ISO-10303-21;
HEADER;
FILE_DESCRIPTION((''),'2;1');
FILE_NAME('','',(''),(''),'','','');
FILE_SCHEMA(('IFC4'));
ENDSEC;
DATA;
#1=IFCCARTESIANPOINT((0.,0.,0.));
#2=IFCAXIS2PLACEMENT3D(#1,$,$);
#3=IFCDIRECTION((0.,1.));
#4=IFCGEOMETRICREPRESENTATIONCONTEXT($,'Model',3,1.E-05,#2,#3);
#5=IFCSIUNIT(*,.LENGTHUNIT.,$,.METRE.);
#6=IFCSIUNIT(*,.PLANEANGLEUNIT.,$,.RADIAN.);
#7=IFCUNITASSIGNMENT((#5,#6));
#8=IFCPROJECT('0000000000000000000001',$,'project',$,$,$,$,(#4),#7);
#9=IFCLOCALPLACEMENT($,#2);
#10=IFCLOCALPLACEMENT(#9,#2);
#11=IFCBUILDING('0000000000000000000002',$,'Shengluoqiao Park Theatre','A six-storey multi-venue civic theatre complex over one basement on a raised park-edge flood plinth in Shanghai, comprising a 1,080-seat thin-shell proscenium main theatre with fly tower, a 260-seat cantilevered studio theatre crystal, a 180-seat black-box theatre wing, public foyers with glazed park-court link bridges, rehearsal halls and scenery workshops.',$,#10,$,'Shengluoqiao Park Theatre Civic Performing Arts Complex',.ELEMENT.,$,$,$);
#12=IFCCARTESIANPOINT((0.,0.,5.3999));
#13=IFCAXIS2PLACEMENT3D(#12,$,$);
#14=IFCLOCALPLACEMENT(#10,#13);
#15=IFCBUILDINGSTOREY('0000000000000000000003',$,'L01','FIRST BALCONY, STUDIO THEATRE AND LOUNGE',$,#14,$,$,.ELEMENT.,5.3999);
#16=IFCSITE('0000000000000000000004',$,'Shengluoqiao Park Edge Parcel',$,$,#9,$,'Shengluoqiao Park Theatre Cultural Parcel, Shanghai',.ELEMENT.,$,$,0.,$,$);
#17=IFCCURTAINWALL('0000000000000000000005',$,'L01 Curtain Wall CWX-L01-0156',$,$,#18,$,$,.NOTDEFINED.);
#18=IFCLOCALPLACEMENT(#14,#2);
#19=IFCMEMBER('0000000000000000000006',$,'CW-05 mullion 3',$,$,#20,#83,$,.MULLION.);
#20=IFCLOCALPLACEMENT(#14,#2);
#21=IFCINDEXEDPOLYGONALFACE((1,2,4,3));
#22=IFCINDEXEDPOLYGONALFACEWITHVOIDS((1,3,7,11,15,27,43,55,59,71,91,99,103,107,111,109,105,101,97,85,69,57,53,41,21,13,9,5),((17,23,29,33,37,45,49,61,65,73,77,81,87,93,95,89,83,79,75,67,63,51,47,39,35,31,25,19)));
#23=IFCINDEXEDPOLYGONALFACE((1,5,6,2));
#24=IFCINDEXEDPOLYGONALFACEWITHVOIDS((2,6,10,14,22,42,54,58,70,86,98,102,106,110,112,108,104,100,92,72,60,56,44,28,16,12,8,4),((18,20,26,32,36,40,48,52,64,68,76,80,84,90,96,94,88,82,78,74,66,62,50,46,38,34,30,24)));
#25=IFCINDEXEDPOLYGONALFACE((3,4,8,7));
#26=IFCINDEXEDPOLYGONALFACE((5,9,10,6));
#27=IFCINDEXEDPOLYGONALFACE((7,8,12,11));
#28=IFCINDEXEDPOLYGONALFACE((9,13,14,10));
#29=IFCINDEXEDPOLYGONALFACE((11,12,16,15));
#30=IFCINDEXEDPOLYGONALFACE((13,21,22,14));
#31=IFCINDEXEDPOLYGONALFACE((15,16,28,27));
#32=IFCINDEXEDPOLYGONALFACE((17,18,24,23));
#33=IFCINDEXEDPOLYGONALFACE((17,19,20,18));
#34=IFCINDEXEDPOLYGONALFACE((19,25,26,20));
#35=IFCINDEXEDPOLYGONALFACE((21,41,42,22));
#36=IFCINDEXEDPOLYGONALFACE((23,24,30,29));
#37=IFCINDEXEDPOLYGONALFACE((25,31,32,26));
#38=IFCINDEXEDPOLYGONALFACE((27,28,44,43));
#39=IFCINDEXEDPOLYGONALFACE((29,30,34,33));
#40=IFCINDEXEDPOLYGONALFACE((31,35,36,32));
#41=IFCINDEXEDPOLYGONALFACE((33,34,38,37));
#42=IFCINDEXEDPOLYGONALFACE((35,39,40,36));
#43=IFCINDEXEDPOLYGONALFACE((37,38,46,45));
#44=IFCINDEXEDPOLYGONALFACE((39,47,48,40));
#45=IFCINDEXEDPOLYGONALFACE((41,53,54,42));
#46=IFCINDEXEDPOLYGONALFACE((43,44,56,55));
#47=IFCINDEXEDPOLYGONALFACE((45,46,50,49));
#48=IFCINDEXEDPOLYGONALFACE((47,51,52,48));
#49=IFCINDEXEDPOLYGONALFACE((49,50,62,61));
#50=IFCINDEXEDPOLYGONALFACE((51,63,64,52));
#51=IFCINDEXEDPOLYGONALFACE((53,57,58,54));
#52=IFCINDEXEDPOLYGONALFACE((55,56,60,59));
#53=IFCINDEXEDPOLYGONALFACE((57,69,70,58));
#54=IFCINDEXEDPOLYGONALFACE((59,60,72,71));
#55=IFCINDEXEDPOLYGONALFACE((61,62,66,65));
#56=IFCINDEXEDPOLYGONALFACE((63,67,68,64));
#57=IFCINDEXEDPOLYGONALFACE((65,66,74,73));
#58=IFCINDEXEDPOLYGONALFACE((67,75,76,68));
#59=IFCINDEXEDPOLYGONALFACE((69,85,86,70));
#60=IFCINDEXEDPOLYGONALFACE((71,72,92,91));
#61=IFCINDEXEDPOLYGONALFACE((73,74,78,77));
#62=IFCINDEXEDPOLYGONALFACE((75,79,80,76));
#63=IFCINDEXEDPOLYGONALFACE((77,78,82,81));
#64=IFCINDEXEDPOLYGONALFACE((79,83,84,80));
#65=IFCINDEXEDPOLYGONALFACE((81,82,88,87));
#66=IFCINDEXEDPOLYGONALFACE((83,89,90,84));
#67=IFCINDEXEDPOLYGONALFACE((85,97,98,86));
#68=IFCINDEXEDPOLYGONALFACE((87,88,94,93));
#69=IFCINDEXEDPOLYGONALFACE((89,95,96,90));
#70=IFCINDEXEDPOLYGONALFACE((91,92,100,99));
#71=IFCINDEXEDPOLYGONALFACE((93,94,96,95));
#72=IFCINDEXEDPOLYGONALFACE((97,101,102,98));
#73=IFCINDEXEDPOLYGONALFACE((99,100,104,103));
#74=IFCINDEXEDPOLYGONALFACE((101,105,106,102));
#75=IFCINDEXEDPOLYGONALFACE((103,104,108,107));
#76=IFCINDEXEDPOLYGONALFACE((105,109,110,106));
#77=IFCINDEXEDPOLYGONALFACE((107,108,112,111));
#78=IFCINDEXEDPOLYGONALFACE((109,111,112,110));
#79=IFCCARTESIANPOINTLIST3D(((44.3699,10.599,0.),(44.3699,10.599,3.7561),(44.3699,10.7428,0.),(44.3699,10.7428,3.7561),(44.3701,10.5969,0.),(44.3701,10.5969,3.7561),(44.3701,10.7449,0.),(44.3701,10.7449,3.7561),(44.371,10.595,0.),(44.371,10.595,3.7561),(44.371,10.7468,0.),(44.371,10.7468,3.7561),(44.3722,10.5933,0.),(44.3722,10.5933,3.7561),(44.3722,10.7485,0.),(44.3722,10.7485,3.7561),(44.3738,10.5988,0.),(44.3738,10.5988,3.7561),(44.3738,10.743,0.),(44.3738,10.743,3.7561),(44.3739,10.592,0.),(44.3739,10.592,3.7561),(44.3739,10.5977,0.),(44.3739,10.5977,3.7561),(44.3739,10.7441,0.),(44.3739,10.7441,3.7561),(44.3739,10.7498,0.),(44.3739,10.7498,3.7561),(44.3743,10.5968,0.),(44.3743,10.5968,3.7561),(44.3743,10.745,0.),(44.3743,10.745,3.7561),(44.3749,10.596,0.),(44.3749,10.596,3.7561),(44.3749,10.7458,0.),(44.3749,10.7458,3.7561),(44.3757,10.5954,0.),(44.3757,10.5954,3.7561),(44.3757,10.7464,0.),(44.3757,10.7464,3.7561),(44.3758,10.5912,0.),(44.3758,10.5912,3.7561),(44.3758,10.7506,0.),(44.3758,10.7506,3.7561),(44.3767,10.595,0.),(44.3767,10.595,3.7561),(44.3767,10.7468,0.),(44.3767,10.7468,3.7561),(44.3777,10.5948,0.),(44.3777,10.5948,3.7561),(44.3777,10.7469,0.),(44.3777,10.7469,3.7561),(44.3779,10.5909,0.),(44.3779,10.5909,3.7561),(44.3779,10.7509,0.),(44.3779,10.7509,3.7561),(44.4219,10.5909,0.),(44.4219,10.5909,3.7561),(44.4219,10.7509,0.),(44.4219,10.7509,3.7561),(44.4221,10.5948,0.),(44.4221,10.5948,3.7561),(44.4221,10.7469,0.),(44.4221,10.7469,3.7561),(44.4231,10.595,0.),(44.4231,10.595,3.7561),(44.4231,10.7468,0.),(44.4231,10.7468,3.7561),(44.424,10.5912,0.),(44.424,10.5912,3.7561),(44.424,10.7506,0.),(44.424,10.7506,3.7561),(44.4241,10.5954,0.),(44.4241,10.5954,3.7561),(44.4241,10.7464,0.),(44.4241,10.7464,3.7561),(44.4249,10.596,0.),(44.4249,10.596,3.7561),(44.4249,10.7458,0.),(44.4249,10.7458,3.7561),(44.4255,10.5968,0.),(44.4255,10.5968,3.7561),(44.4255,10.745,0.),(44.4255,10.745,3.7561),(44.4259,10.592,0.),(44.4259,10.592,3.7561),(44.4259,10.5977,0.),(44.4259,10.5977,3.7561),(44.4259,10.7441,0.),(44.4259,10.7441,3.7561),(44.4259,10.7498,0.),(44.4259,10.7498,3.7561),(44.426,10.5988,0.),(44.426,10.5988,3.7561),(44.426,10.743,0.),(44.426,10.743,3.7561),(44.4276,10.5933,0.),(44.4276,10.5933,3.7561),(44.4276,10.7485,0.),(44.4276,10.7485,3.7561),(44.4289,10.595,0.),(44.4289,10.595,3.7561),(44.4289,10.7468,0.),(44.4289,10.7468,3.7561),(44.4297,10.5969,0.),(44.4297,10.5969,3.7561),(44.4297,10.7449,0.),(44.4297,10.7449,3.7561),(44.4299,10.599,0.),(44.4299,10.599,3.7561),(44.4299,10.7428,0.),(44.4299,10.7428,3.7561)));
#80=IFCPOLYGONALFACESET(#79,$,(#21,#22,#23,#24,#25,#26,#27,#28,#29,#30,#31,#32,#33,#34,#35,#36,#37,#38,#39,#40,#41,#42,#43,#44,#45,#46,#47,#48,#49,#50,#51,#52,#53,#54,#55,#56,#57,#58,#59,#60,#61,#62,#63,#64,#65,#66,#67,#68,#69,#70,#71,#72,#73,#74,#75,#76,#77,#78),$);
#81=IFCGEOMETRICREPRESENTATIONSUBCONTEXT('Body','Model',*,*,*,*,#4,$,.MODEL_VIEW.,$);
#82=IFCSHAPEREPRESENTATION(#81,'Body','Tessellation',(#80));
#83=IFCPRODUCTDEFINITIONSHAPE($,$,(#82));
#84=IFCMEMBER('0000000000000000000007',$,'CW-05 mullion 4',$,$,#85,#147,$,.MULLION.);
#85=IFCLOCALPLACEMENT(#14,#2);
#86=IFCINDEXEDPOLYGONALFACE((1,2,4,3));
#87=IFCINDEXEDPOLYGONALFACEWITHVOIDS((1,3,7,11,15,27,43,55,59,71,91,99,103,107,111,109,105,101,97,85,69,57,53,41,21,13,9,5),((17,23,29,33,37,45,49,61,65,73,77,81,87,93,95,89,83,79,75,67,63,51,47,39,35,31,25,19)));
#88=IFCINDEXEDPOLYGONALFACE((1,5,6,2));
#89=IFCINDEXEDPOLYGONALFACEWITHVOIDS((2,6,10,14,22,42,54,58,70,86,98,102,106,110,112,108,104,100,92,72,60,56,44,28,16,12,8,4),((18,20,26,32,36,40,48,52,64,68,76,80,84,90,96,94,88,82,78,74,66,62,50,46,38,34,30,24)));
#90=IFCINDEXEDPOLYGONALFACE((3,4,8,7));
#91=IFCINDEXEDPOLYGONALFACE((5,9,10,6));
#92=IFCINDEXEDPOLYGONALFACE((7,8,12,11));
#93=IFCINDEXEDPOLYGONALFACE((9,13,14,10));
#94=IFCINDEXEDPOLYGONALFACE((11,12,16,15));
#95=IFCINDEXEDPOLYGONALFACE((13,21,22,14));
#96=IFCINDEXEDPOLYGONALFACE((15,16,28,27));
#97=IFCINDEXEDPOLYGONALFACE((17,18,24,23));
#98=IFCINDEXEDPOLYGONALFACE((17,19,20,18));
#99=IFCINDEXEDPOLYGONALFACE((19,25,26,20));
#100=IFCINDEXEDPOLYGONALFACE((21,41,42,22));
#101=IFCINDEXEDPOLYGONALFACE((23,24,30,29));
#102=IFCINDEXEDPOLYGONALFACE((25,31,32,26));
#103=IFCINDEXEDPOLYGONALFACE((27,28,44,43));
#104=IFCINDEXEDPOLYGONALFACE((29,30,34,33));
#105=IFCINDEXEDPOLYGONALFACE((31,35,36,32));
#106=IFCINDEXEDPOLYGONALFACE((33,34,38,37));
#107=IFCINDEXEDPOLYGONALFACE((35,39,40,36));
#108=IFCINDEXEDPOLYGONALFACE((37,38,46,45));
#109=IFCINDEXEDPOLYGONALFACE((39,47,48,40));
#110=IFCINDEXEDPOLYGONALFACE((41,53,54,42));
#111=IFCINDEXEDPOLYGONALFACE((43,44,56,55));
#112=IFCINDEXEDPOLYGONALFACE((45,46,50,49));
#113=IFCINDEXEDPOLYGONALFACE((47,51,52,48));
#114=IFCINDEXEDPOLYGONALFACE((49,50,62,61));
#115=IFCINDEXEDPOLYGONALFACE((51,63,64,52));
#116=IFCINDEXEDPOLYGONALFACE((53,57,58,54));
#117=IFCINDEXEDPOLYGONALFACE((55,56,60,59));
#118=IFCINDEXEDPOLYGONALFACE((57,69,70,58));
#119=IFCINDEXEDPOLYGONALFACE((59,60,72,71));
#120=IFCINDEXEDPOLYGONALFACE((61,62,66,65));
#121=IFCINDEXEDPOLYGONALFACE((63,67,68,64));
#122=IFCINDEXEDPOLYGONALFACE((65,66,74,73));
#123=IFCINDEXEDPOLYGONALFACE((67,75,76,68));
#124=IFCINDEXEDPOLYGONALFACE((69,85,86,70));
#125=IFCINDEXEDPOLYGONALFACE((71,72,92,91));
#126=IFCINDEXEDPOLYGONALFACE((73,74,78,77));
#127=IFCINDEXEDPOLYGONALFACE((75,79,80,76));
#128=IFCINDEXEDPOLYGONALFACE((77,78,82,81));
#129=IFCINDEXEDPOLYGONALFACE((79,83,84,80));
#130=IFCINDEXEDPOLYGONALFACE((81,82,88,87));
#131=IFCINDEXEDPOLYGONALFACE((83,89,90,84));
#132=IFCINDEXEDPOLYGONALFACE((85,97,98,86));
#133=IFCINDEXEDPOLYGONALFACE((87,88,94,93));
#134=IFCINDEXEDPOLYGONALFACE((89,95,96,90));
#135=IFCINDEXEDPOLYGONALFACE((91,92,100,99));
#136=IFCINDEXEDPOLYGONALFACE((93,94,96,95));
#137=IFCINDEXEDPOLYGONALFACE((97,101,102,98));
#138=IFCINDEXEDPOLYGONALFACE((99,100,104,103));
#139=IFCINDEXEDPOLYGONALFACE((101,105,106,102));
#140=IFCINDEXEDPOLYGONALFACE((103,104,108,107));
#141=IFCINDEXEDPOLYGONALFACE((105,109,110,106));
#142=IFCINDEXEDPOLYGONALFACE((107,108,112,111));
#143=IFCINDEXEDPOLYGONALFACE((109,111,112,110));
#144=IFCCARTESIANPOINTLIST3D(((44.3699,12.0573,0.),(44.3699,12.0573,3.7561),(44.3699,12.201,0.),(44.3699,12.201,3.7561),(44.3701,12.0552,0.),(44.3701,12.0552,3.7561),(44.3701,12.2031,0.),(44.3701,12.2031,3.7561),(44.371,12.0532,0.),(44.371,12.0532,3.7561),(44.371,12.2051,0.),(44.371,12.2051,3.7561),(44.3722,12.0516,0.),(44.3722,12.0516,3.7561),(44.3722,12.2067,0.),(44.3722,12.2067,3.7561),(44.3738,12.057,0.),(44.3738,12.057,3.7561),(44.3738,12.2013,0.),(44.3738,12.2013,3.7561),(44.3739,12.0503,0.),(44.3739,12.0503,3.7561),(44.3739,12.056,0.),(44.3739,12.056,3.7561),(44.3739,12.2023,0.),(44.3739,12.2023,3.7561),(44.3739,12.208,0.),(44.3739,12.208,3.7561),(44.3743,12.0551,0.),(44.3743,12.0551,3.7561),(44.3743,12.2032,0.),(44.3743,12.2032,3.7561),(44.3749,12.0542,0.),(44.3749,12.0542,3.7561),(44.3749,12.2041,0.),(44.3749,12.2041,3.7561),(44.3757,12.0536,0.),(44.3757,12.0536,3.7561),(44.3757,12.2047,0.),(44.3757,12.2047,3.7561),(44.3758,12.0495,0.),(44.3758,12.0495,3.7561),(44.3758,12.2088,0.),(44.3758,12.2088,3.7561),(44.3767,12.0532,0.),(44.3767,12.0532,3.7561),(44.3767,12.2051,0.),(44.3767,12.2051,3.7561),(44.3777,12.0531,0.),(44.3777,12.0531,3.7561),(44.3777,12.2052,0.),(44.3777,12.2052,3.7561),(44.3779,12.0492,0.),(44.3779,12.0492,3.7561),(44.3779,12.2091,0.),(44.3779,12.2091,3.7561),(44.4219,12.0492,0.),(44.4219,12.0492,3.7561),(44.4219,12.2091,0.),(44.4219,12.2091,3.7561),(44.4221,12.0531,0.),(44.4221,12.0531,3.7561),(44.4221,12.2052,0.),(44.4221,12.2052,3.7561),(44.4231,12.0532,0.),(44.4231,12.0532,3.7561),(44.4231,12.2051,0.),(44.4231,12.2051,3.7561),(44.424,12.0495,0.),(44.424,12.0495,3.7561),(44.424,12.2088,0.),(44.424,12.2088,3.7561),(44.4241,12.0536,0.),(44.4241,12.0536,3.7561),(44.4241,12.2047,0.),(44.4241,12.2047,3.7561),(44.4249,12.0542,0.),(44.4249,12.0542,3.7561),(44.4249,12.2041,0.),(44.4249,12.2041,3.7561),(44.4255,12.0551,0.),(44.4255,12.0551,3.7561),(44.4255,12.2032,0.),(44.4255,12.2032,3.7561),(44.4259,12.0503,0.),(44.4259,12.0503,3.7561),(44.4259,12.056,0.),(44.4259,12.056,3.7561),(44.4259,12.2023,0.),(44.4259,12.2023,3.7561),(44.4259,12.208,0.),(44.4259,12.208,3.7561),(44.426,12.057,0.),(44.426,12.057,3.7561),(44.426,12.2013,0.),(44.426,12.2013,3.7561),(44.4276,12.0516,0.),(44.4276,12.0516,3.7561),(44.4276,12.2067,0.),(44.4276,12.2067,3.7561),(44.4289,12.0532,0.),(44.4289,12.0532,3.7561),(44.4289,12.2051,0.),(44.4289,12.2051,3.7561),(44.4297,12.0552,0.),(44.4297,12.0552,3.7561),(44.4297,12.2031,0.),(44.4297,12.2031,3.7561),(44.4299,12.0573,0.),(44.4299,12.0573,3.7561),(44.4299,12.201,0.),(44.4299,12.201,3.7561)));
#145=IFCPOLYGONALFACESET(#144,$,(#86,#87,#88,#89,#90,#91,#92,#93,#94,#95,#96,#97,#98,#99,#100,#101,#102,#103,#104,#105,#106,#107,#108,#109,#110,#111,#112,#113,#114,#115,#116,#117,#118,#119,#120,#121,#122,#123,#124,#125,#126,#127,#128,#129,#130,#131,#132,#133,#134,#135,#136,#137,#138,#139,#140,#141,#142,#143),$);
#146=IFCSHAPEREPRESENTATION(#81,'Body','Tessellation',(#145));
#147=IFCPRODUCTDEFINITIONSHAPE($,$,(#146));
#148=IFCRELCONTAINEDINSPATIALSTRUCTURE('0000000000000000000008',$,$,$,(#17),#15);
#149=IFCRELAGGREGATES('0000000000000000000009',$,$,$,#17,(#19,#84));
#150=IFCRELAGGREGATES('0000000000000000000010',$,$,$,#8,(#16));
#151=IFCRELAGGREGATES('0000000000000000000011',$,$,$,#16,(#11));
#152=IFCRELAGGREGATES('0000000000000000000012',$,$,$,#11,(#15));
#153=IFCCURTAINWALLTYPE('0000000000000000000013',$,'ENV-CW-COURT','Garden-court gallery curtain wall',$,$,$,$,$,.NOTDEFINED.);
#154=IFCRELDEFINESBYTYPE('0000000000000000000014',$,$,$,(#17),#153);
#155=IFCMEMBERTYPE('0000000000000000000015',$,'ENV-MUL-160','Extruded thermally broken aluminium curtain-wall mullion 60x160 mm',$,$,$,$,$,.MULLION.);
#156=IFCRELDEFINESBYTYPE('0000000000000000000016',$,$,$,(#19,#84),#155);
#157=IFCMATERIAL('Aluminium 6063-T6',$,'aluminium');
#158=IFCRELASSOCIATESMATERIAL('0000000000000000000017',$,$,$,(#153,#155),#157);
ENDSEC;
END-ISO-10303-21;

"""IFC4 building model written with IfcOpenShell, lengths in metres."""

from ifc_helpers import new_model, si_unit, direction, frame, origin, origin_2d, place, context, subcontext, project, spatial, hollow_rectangle, extrude, material, material_profile, profile_set, type_object, element, aggregate, save


model = new_model("IFC4")

# Units and contexts
model_context = context("Model", 3, precision=1e-05, world=origin(), true_north=direction((0.0, 1.0)))
body_context = subcontext(model_context, "Body", "Model", "MODEL_VIEW")
ifc_project = project(units=[si_unit("LENGTHUNIT", "METRE"), si_unit("PLANEANGLEUNIT", "RADIAN")], contexts=[model_context])

# Site, building, storey
site_placement = place(None, origin())
site = spatial("IfcSite", under=ifc_project, at=site_placement, Name="Shengluoqiao Park Edge Parcel", LongName="Shengluoqiao Park Theatre Cultural Parcel, Shanghai", CompositionType="ELEMENT", RefElevation=0.0)
building_placement = place(site_placement, origin())
building = spatial("IfcBuilding", under=site, at=building_placement, Name="Shengluoqiao Park Theatre", Description="A six-storey multi-venue civic theatre complex over one basement on a raised park-edge flood plinth in Shanghai, comprising a 1,080-seat thin-shell proscenium main theatre with fly tower, a 260-seat cantilevered studio theatre crystal, a 180-seat black-box theatre wing, public foyers with glazed park-court link bridges, rehearsal halls and scenery workshops.", LongName="Shengluoqiao Park Theatre Civic Performing Arts Complex", CompositionType="ELEMENT")
storey_placement = place(building_placement, frame((0.0, 0.0, 5.3999)))
storey = spatial("IfcBuildingStorey", under=building, at=storey_placement, Name="L01", Description="FIRST BALCONY, STUDIO THEATRE AND LOUNGE", CompositionType="ELEMENT", Elevation=5.3999)

# Curtain wall, members
ifc_material_1 = material(Name="Aluminium 6063-T6", Category="aluminium")
curtain_wall_type = type_object("IfcCurtainWallType", Name="ENV-CW-COURT", Description="Garden-court gallery curtain wall", PredefinedType="NOTDEFINED", material=ifc_material_1)
curtain_wall_placement = place(storey_placement, origin())
curtain_wall = element("IfcCurtainWall", 1, at=curtain_wall_placement, inside=storey, type_object=curtain_wall_type, Name="L01 Curtain Wall CWX-L01-0156", PredefinedType="NOTDEFINED")
ifc_material_profile_1 = material_profile(ifc_material_1, hollow_rectangle(XDim=0.0601, YDim=0.1599, WallThickness=0.0039, InnerFilletRadius=0.0039, OuterFilletRadius=0.0081, at=origin_2d()), Name="ALU MULLION 160x60x4")
ifc_profile_set_1 = profile_set([ifc_material_profile_1], Name="Aluminium 6063-T6")
member_type_1 = type_object("IfcMemberType", Name="ENV-MUL-160", Description="Extruded thermally broken aluminium curtain-wall mullion 60x160 mm", PredefinedType="MULLION", material=ifc_profile_set_1)
member_1_placement = place(storey_placement, frame((44.3999, 10.6709, 0.0), z_axis=(0.0, 0.0, 1.0), x_axis=(-1.0, 0.0, 0.0)))
member_1 = element("IfcMember", 2, at=member_1_placement, type_object=member_type_1, Name="CW-05 mullion 3", PredefinedType="MULLION", context=body_context, shape_type="SweptSolid", body=[
    extrude(hollow_rectangle(XDim=0.0601, YDim=0.1599, WallThickness=0.0039, InnerFilletRadius=0.0039, OuterFilletRadius=0.0081, at=origin_2d()), origin(), (0.0, 0.0, 1.0), 3.7561),
])
member_2_placement = place(storey_placement, frame((44.3999, 12.1292, 0.0), z_axis=(0.0, 0.0, 1.0), x_axis=(-1.0, 0.0, 0.0)))
member_2 = element("IfcMember", 3, at=member_2_placement, type_object=member_type_1, Name="CW-05 mullion 4", PredefinedType="MULLION", context=body_context, shape_type="SweptSolid", body=[
    extrude(hollow_rectangle(XDim=0.0601, YDim=0.1599, WallThickness=0.0039, InnerFilletRadius=0.0039, OuterFilletRadius=0.0081, at=origin_2d()), origin(), (0.0, 0.0, 1.0), 3.7561),
])

aggregate(curtain_wall, [member_1, member_2])

save(model, "model.ifc")
